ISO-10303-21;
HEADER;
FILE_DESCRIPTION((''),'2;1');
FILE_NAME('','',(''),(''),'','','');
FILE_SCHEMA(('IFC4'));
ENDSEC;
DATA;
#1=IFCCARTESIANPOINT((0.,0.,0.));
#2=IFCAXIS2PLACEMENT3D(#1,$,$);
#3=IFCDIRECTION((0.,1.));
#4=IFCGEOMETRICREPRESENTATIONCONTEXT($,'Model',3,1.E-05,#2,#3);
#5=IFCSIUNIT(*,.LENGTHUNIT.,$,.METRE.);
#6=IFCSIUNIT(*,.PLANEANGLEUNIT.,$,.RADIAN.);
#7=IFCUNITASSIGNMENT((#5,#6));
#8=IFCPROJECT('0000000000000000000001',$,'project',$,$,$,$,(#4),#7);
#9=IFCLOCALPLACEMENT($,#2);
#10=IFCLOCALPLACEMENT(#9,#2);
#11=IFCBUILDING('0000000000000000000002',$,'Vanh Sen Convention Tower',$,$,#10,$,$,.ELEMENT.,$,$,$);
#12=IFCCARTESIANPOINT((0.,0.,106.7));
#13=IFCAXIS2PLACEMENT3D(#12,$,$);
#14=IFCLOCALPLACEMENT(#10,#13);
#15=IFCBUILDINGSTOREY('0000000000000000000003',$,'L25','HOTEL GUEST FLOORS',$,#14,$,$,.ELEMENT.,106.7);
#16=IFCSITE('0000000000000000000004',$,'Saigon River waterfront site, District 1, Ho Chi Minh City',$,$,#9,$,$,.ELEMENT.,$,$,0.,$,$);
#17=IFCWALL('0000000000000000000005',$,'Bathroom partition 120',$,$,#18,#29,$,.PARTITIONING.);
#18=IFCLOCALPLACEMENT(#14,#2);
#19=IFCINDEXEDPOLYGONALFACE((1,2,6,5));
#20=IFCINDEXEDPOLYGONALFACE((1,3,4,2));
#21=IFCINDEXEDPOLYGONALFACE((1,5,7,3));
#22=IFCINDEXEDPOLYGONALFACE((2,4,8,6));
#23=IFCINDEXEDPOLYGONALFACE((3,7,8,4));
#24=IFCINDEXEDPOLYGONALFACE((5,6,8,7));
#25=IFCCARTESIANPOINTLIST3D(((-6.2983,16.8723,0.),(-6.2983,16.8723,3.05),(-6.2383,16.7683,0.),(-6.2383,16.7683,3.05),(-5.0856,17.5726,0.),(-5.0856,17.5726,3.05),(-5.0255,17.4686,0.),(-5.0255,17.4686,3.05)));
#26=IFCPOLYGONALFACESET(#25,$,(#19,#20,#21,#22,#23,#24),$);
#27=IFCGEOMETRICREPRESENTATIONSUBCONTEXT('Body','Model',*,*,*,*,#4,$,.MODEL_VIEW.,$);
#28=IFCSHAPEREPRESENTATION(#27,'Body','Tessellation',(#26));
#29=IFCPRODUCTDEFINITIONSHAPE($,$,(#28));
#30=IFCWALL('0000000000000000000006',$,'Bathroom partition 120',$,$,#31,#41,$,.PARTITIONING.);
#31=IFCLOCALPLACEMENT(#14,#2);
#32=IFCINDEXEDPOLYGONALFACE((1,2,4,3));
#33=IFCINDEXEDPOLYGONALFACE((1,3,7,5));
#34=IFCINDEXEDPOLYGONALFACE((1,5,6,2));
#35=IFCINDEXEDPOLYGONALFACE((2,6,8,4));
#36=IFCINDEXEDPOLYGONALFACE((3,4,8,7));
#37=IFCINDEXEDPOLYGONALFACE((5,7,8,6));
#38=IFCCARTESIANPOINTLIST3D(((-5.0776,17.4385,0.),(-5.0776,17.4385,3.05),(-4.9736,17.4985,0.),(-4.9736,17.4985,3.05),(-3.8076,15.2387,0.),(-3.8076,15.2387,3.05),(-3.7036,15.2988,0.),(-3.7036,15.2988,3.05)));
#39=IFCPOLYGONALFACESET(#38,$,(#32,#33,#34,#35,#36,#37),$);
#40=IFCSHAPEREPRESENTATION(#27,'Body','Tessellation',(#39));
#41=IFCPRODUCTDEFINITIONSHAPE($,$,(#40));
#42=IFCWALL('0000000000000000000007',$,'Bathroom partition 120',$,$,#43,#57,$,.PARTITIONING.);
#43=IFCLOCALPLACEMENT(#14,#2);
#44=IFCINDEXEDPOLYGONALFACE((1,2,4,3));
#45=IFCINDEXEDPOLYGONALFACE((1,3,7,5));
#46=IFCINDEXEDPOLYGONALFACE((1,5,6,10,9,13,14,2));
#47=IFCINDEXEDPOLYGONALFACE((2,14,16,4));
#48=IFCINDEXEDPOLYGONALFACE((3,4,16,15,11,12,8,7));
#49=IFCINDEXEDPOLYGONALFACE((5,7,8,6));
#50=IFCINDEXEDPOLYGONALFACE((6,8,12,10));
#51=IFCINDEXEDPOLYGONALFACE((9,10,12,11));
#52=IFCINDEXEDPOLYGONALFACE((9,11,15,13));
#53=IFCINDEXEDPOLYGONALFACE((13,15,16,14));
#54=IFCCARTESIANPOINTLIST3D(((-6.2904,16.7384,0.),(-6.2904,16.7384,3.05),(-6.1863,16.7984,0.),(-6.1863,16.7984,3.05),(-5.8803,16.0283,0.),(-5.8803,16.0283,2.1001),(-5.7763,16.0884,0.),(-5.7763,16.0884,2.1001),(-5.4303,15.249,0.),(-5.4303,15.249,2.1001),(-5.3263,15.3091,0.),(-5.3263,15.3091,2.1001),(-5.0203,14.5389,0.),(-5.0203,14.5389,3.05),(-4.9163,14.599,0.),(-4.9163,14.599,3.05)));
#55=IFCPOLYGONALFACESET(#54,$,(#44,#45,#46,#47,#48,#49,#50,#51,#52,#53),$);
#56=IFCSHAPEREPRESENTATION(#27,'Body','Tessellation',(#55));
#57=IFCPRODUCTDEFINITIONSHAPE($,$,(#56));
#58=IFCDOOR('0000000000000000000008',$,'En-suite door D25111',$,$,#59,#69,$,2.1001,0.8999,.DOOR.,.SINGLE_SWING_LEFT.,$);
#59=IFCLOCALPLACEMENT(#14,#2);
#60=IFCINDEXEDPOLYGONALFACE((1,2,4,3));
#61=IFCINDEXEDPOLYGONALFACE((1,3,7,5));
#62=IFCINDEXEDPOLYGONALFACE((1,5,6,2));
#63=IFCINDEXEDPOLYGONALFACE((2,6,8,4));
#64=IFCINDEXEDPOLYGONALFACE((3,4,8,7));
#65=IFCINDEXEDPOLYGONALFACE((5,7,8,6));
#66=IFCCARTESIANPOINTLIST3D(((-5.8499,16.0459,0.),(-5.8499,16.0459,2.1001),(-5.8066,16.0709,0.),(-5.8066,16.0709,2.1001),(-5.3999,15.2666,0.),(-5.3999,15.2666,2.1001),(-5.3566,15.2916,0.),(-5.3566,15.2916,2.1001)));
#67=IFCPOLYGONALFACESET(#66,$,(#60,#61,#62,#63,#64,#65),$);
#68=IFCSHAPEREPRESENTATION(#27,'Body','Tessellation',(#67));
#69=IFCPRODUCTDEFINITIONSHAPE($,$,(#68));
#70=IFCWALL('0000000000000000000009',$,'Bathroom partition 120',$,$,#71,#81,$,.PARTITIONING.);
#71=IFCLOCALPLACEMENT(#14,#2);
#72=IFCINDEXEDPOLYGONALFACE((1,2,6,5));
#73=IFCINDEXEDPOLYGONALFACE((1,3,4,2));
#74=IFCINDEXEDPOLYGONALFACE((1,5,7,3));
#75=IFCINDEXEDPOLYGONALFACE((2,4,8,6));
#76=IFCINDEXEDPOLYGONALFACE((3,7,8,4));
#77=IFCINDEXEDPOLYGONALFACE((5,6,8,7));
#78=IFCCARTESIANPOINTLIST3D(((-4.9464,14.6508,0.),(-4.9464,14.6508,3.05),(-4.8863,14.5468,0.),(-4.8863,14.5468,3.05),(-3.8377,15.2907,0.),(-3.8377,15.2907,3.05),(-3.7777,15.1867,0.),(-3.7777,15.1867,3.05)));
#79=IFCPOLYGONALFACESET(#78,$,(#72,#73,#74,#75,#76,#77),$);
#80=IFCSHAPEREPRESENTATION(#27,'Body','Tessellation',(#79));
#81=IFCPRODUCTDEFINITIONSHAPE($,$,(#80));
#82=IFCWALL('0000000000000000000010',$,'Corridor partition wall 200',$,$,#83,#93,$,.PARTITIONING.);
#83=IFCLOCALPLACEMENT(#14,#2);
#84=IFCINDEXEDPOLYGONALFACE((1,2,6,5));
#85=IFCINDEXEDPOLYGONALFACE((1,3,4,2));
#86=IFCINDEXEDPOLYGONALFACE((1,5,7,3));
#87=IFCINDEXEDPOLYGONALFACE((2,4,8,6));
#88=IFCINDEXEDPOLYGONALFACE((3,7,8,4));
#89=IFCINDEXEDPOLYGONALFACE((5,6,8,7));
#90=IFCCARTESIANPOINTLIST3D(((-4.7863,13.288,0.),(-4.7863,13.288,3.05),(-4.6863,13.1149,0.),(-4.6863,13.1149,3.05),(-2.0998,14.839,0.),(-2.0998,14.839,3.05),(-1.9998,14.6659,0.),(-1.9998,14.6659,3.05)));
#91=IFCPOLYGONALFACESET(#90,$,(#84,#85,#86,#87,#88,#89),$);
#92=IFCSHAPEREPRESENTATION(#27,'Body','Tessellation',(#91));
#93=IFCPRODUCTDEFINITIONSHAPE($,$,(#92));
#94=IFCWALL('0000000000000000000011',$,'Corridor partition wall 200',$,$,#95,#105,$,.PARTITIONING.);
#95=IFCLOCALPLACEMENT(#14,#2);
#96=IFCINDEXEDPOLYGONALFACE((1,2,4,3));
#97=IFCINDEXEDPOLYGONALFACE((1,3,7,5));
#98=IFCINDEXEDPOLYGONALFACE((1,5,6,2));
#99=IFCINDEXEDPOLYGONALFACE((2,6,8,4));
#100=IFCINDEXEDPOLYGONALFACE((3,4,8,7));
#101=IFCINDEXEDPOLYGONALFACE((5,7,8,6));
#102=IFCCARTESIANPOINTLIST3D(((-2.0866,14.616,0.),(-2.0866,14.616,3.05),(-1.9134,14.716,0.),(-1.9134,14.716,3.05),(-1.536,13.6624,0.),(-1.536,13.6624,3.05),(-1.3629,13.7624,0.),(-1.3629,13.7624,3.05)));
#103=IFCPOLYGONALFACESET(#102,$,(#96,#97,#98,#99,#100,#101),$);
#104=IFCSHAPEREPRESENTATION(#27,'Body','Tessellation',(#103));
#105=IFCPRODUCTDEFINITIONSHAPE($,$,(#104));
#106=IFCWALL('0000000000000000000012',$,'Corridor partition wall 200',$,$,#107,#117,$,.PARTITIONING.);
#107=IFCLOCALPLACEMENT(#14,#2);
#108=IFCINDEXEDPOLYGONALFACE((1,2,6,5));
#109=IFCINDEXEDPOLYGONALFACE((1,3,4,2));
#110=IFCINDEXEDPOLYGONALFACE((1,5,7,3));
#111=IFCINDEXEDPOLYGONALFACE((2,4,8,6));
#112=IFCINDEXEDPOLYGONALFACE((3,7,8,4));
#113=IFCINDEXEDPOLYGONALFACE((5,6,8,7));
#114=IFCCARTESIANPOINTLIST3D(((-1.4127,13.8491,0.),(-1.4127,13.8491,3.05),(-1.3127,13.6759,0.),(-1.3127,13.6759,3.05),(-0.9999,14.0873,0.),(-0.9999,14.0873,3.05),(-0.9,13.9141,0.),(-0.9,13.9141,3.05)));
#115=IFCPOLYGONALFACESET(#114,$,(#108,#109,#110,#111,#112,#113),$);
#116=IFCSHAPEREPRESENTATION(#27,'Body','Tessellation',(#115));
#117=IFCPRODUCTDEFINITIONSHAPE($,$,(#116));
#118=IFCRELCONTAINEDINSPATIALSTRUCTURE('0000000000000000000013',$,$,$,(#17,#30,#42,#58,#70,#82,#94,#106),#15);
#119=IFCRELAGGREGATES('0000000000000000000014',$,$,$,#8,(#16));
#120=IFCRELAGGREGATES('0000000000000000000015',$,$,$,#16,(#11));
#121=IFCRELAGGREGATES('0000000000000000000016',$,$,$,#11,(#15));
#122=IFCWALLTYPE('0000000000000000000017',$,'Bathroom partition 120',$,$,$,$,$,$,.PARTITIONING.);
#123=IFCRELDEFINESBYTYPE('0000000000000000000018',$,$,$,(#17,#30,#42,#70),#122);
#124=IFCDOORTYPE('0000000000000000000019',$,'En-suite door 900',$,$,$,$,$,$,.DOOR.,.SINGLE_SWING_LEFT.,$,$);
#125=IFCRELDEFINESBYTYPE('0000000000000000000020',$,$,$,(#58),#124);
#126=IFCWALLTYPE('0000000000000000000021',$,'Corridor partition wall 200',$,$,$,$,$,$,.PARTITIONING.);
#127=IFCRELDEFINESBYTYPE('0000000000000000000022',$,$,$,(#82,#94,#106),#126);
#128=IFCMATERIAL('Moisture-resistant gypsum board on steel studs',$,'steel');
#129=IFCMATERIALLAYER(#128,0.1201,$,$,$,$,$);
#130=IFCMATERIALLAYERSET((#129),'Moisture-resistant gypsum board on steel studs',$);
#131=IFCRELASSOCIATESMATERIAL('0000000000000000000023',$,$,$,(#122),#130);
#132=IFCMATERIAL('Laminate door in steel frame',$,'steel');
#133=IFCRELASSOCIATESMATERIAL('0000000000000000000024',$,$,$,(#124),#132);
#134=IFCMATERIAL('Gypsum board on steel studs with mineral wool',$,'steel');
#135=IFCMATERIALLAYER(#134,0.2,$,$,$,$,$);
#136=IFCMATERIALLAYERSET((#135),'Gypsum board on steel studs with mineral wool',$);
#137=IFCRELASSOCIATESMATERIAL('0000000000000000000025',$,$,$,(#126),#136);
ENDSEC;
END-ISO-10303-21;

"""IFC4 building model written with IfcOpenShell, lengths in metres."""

from ifc_helpers import new_model, si_unit, direction, frame, frame_2d, origin, place, context, subcontext, project, spatial, rectangle, extrude, material, layer, layer_set, type_object, element, fill, save


model = new_model("IFC4")

# Units and contexts
model_context = context("Model", 3, precision=1e-05, world=origin(), true_north=direction((0.0, 1.0)))
body_context = subcontext(model_context, "Body", "Model", "MODEL_VIEW")
ifc_project = project(units=[si_unit("LENGTHUNIT", "METRE"), si_unit("PLANEANGLEUNIT", "RADIAN")], contexts=[model_context])

# Site, building, storey
site_placement = place(None, origin())
site = spatial("IfcSite", under=ifc_project, at=site_placement, Name="Saigon River waterfront site, District 1, Ho Chi Minh City", CompositionType="ELEMENT", RefElevation=0.0)
building_placement = place(site_placement, origin())
building = spatial("IfcBuilding", under=site, at=building_placement, Name="Vanh Sen Convention Tower", CompositionType="ELEMENT")
storey_placement = place(building_placement, frame((0.0, 0.0, 106.7)))
storey = spatial("IfcBuildingStorey", under=building, at=storey_placement, Name="L25", Description="HOTEL GUEST FLOORS", CompositionType="ELEMENT", Elevation=106.7)

# Shared definitions
ifc_material_1 = material(Name="Moisture-resistant gypsum board on steel studs", Category="steel")
ifc_layer_1 = layer(ifc_material_1, 0.1201)
ifc_layer_set_1 = layer_set([ifc_layer_1], Name="Moisture-resistant gypsum board on steel studs")
wall_type_1 = type_object("IfcWallType", Name="Bathroom partition 120", PredefinedType="PARTITIONING", material=ifc_layer_set_1)
ifc_material_2 = material(Name="Laminate door in steel frame", Category="steel")
door_type = type_object("IfcDoorType", Name="En-suite door 900", OperationType="SINGLE_SWING_LEFT", PredefinedType="DOOR", material=ifc_material_2)

# Walls
wall_1_placement = place(storey_placement, frame((-6.2683, 16.8203, 0.0), z_axis=(0.0, 0.0, 1.0), x_axis=(0.866003, 0.500039, 0.0)))
element("IfcWall", 1, at=wall_1_placement, inside=storey, type_object=wall_type_1, Name="Bathroom partition 120", PredefinedType="PARTITIONING", context=body_context, shape_type="SweptSolid", body=[
    extrude(rectangle(XDim=1.4004, YDim=0.1201, at=frame_2d((0.7002, 0.0))), origin(), (0.0, 0.0, 1.0), 3.05),
])
wall_2_placement = place(storey_placement, frame((-5.0256, 17.4685, 0.0), z_axis=(0.0, 0.0, 1.0), x_axis=(0.500005, -0.866022, 0.0)))
element("IfcWall", 2, at=wall_2_placement, inside=storey, type_object=wall_type_1, Name="Bathroom partition 120", PredefinedType="PARTITIONING", context=body_context, shape_type="SweptSolid", body=[
    extrude(rectangle(XDim=2.54, YDim=0.1201, at=frame_2d((1.27, 0.0))), origin(), (0.0, 0.0, 1.0), 3.05),
])

# Wall, opening, door
wall_3_placement = place(storey_placement, frame((-4.9683, 14.5688, 0.0), z_axis=(0.0, 0.0, 1.0), x_axis=(-0.500047, 0.865998, 0.0)))
wall_3 = element("IfcWall", 3, at=wall_3_placement, inside=storey, type_object=wall_type_1, Name="Bathroom partition 120", PredefinedType="PARTITIONING", context=body_context, shape_type="SweptSolid", body=[
    extrude(rectangle(XDim=2.5398, YDim=0.1201, at=frame_2d((1.27, 0.0))), origin(), (0.0, 0.0, 1.0), 3.05),
])
opening_1_placement = place(wall_3_placement, frame((0.8201, 0.0, 0.0)))
opening_1 = element("IfcOpeningElement", 4, at=opening_1_placement, cuts=wall_3, PredefinedType="OPENING", context=body_context, shape_type="SweptSolid", body=[
    extrude(rectangle(XDim=0.8999, YDim=2.1001, at=frame_2d((0.45, 1.05))), frame((0.0, 0.0701, 0.0), z_axis=(0.0, -1.0, 0.0), x_axis=(1.0, 0.0, 0.0)), (0.0, 0.0, 1.0), 0.1401),
])
door_1_placement = place(opening_1_placement, origin())
door_1 = element("IfcDoor", 5, at=door_1_placement, inside=storey, type_object=door_type, Name="En-suite door D25111", OperationType="SINGLE_SWING_LEFT", OverallHeight=2.1001, OverallWidth=0.8999, PredefinedType="DOOR", context=body_context, shape_type="SweptSolid", body=[
    extrude(rectangle(XDim=0.8999, YDim=2.1001, at=frame_2d((0.45, 1.05))), frame((0.0, 0.0249, 0.0), z_axis=(0.0, -1.0, 0.0), x_axis=(1.0, 0.0, 0.0)), (0.0, 0.0, 1.0), 0.05),
])
fill(opening_1, door_1)

# Walls
wall_4_placement = place(storey_placement, frame((-3.8076, 15.2388, 0.0), z_axis=(0.0, 0.0, 1.0), x_axis=(-0.866087, -0.499893, 0.0)))
element("IfcWall", 6, at=wall_4_placement, inside=storey, type_object=wall_type_1, Name="Bathroom partition 120", PredefinedType="PARTITIONING", context=body_context, shape_type="SweptSolid", body=[
    extrude(rectangle(XDim=1.28, YDim=0.1201, at=frame_2d((0.6401, 0.0))), origin(), (0.0, 0.0, 1.0), 3.05),
])
ifc_material_3 = material(Name="Gypsum board on steel studs with mineral wool", Category="steel")
ifc_layer_2 = layer(ifc_material_3, 0.2)
ifc_layer_set_2 = layer_set([ifc_layer_2], Name="Gypsum board on steel studs with mineral wool")
wall_type_2 = type_object("IfcWallType", Name="Corridor partition wall 200", PredefinedType="PARTITIONING", material=ifc_layer_set_2)
wall_5_placement = place(storey_placement, frame((-2.0498, 14.7524, 0.0), z_axis=(0.0, 0.0, 1.0), x_axis=(-0.866031, -0.49999, 0.0)))
element("IfcWall", 7, at=wall_5_placement, inside=storey, type_object=wall_type_2, Name="Corridor partition wall 200", PredefinedType="PARTITIONING", context=body_context, shape_type="SweptSolid", body=[
    extrude(rectangle(XDim=3.1021, YDim=0.2, at=frame_2d((1.551, 0.0))), origin(), (0.0, 0.0, 1.0), 3.05),
])
wall_6_placement = place(storey_placement, frame((-1.4495, 13.7124, 0.0), z_axis=(0.0, 0.0, 1.0), x_axis=(-0.499978, 0.866038, 0.0)))
element("IfcWall", 8, at=wall_6_placement, inside=storey, type_object=wall_type_2, Name="Corridor partition wall 200", PredefinedType="PARTITIONING", context=body_context, shape_type="SweptSolid", body=[
    extrude(rectangle(XDim=1.1011, YDim=0.2, at=frame_2d((0.5505, 0.0))), origin(), (0.0, 0.0, 1.0), 3.05),
])
wall_7_placement = place(storey_placement, frame((-0.95, 14.0007, 0.0), z_axis=(0.0, 0.0, 1.0), x_axis=(-0.866092, -0.499885, 0.0)))
element("IfcWall", 9, at=wall_7_placement, inside=storey, type_object=wall_type_2, Name="Corridor partition wall 200", PredefinedType="PARTITIONING", context=body_context, shape_type="SweptSolid", body=[
    extrude(rectangle(XDim=0.4766, YDim=0.2, at=frame_2d((0.2383, 0.0))), origin(), (0.0, 0.0, 1.0), 3.05),
])

save(model, "model.ifc")
